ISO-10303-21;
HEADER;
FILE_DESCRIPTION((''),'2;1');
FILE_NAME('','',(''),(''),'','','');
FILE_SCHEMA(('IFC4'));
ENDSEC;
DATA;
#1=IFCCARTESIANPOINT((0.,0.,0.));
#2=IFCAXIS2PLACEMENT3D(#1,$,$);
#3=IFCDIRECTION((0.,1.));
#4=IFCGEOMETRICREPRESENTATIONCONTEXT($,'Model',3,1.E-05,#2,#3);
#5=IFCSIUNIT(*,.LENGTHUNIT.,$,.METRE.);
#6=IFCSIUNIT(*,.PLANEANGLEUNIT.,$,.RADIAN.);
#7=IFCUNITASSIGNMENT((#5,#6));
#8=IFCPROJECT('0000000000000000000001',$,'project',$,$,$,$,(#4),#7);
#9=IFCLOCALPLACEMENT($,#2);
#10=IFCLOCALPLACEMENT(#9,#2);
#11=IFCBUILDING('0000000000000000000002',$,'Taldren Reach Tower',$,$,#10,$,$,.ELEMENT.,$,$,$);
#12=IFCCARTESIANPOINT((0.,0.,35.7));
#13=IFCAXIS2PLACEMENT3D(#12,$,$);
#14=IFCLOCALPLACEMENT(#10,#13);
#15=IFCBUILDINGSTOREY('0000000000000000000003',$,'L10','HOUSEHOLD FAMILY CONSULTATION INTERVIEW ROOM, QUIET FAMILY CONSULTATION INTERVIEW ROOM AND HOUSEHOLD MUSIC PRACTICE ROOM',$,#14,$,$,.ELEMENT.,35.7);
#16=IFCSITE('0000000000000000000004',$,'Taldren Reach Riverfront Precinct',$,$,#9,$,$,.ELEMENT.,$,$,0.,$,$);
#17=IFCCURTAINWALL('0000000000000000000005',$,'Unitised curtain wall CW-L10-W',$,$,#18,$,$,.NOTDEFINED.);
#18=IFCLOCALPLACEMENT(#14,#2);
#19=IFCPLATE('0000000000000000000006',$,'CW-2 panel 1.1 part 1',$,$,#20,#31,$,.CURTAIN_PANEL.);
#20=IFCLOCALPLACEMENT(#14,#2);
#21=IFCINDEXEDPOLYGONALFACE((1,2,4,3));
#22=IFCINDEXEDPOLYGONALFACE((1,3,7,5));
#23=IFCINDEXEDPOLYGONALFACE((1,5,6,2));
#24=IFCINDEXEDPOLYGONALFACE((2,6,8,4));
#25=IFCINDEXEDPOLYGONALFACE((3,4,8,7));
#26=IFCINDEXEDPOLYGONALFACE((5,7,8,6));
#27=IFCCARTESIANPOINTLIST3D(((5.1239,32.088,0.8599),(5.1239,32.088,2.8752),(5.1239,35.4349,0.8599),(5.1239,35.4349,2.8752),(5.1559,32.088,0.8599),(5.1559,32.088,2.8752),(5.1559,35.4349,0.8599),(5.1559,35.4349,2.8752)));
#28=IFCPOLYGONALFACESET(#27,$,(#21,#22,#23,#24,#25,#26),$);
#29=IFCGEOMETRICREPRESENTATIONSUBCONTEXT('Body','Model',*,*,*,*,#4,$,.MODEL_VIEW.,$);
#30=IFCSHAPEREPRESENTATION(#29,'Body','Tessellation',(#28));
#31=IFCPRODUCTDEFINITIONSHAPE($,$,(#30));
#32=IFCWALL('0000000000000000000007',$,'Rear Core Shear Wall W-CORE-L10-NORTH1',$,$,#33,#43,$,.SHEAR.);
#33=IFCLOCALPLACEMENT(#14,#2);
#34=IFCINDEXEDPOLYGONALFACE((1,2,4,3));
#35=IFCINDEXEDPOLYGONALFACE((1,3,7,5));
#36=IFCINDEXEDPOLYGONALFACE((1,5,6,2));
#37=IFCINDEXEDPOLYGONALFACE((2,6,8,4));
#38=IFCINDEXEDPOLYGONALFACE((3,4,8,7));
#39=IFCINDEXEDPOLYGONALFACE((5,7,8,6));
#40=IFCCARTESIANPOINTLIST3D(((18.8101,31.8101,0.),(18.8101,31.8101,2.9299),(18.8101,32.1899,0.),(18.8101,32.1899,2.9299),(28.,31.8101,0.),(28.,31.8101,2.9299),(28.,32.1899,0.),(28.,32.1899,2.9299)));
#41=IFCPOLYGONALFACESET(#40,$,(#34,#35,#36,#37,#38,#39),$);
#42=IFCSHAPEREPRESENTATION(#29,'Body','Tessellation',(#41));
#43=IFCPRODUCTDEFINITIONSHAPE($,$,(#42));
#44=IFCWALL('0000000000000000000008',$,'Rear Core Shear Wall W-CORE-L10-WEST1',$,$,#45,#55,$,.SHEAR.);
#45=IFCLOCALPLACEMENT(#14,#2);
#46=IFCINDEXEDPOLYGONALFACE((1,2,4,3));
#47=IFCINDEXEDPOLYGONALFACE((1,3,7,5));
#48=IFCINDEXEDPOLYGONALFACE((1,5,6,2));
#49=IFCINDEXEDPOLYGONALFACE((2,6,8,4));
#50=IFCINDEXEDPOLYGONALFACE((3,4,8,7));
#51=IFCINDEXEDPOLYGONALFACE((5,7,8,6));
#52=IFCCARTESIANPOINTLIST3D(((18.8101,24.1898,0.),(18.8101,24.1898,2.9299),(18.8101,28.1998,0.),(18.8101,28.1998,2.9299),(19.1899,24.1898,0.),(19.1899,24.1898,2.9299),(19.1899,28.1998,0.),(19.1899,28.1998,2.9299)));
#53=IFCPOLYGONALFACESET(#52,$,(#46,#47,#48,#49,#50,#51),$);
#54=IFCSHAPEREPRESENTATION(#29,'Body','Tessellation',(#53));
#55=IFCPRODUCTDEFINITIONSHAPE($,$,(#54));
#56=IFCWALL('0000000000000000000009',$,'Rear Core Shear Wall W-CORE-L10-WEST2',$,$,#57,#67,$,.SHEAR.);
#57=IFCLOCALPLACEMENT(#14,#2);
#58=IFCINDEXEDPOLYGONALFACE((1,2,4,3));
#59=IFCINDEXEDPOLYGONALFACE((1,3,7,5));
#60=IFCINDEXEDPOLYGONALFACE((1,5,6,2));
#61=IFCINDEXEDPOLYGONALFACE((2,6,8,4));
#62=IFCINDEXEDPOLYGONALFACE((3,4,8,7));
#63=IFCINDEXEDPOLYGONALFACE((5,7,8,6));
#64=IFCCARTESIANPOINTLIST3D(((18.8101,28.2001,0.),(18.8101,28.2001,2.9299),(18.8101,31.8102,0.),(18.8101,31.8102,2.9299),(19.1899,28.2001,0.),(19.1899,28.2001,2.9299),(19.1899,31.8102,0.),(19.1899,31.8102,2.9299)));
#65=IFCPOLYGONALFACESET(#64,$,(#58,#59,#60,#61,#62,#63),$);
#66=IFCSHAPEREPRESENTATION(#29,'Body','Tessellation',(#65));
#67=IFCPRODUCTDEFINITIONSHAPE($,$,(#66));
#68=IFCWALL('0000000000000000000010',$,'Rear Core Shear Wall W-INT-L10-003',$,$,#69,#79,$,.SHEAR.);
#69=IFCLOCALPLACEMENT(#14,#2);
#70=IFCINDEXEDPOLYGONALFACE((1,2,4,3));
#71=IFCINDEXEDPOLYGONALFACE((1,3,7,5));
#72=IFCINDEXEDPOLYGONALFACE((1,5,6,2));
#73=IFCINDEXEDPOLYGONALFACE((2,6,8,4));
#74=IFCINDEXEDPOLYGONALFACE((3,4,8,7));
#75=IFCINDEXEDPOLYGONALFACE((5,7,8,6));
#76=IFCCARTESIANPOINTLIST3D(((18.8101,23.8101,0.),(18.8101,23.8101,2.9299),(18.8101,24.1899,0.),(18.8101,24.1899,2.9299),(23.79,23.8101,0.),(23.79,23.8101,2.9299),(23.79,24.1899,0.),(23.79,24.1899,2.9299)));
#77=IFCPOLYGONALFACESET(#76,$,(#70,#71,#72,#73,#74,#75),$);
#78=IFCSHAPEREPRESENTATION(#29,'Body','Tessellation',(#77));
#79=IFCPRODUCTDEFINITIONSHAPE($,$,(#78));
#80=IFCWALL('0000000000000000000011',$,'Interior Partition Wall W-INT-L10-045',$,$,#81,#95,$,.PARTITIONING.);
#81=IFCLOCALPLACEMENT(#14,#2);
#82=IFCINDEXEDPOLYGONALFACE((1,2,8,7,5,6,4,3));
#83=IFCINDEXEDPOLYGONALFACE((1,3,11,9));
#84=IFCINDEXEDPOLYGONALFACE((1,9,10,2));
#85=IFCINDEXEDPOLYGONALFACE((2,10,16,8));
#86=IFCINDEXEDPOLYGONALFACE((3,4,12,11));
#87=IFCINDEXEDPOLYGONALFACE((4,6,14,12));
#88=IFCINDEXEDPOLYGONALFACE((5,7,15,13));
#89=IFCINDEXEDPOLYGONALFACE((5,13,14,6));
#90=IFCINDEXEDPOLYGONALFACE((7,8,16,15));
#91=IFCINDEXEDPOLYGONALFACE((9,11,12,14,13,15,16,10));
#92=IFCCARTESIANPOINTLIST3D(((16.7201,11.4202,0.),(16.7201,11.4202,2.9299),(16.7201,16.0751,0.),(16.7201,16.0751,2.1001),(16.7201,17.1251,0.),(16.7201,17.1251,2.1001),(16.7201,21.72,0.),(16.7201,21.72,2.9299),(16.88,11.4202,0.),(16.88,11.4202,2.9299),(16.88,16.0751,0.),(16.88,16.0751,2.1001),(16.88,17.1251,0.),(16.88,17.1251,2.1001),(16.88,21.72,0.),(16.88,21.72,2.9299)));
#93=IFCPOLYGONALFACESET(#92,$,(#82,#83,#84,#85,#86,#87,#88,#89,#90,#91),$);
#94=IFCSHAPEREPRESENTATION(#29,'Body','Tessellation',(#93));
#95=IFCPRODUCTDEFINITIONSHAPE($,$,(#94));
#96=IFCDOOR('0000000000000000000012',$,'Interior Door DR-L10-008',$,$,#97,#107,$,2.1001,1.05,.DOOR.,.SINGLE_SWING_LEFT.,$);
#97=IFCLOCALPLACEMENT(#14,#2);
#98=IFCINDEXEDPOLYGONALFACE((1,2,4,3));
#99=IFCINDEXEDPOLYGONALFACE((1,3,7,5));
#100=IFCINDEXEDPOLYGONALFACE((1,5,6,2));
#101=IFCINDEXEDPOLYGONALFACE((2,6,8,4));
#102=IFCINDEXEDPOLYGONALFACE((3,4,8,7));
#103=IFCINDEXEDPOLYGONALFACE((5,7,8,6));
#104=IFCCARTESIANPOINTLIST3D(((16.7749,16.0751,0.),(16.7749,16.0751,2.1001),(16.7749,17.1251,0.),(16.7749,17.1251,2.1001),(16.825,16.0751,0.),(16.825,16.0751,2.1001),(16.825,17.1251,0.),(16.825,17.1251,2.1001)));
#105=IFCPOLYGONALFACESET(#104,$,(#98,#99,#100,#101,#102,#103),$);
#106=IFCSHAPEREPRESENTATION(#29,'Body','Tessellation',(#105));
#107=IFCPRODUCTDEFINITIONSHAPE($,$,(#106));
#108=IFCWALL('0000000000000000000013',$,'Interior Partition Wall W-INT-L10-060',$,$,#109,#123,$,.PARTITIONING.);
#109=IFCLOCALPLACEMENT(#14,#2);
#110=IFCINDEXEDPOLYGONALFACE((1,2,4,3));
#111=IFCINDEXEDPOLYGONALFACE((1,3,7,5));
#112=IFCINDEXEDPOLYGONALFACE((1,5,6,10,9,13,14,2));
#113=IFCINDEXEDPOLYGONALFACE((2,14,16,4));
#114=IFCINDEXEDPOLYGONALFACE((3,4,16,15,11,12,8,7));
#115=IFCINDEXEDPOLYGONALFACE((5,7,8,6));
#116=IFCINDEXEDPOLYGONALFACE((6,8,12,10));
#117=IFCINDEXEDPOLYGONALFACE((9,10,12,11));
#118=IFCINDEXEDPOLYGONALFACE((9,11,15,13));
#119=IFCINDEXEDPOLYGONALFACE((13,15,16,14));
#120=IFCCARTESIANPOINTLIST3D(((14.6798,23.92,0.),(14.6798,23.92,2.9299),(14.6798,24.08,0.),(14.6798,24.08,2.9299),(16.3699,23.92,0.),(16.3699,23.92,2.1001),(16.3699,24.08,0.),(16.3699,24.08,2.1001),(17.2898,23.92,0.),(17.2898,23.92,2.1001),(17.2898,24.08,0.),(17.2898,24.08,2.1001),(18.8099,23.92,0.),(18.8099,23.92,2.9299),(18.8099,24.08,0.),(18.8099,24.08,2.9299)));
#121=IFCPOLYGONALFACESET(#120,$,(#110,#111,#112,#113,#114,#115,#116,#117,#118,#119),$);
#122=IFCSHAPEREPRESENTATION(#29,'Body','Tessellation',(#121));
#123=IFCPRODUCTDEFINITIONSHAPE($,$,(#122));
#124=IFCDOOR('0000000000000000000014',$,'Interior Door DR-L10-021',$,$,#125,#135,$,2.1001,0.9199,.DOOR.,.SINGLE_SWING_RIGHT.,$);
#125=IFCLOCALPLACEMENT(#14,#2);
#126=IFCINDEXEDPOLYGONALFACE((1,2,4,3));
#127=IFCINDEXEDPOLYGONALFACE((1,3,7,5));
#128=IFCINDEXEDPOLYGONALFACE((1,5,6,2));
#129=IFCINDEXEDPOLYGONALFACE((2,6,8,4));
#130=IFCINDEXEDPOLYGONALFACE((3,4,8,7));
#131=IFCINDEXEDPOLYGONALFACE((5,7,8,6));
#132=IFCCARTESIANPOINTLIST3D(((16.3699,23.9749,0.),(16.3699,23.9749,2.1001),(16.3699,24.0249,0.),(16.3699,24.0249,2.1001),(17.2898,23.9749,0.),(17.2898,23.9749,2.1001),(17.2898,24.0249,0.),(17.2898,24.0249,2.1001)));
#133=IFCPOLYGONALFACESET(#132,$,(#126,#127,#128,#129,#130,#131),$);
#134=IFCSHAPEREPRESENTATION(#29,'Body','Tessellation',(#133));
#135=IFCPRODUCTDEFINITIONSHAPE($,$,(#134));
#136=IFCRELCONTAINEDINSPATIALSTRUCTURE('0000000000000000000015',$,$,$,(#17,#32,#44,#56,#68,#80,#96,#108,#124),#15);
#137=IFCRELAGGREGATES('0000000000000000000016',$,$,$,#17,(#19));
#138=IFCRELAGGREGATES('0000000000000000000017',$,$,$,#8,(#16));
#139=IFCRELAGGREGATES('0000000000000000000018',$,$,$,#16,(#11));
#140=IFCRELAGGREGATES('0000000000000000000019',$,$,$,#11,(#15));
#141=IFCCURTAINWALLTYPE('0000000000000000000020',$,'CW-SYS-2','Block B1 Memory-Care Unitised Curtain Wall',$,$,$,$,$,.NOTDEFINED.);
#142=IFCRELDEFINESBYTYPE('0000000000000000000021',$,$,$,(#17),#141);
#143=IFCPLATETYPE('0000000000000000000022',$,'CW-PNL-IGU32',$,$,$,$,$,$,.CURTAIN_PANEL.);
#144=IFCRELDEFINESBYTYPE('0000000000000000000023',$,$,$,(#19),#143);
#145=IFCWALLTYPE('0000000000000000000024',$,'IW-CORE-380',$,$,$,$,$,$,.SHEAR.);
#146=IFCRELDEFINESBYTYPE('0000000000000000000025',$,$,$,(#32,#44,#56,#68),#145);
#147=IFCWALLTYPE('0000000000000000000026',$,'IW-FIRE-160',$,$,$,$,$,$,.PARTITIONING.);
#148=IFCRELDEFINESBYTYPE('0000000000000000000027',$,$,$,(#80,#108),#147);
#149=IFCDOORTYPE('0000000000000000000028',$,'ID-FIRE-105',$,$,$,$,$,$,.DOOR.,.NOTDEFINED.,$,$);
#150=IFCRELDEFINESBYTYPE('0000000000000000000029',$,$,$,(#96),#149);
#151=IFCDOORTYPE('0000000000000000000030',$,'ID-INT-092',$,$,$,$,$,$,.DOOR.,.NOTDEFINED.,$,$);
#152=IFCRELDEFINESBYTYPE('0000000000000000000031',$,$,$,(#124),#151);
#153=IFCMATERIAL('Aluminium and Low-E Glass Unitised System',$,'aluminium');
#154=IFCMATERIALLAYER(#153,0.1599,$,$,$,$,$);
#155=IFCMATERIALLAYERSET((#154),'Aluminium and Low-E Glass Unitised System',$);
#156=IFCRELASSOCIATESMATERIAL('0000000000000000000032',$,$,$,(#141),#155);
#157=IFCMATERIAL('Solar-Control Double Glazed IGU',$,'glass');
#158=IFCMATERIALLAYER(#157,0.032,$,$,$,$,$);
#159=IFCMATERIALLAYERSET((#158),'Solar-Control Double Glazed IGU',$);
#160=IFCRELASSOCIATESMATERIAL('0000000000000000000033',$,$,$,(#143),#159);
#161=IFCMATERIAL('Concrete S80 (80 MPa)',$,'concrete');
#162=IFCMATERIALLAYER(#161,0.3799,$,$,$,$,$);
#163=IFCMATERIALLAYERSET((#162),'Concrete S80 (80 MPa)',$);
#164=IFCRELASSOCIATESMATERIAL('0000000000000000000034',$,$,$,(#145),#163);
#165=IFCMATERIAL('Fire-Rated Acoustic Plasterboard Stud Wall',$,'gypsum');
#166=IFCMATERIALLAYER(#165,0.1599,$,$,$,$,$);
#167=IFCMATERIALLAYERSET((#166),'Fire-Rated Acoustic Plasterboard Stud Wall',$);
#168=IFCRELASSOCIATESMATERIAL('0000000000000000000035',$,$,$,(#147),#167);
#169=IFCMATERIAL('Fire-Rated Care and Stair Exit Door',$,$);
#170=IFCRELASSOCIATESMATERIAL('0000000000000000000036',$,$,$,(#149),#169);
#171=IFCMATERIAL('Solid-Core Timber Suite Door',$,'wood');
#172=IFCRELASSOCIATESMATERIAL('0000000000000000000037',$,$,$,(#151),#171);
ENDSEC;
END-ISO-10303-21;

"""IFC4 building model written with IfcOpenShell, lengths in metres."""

from ifc_helpers import new_model, si_unit, direction, frame, frame_2d, origin, origin_2d, place, context, subcontext, project, spatial, rectangle, extrude, source, transform, mapped, material, layer, layer_set, type_object, element, fill, aggregate, save


model = new_model("IFC4")

# Units and contexts
model_context = context("Model", 3, precision=1e-05, world=origin(), true_north=direction((0.0, 1.0)))
body_context = subcontext(model_context, "Body", "Model", "MODEL_VIEW")
ifc_project = project(units=[si_unit("LENGTHUNIT", "METRE"), si_unit("PLANEANGLEUNIT", "RADIAN")], contexts=[model_context])

# Site, building, storey
site_placement = place(None, origin())
site = spatial("IfcSite", under=ifc_project, at=site_placement, Name="Taldren Reach Riverfront Precinct", CompositionType="ELEMENT", RefElevation=0.0)
building_placement = place(site_placement, origin())
building = spatial("IfcBuilding", under=site, at=building_placement, Name="Taldren Reach Tower", CompositionType="ELEMENT")
storey_placement = place(building_placement, frame((0.0, 0.0, 35.7)))
storey = spatial("IfcBuildingStorey", under=building, at=storey_placement, Name="L10", Description="HOUSEHOLD FAMILY CONSULTATION INTERVIEW ROOM, QUIET FAMILY CONSULTATION INTERVIEW ROOM AND HOUSEHOLD MUSIC PRACTICE ROOM", CompositionType="ELEMENT", Elevation=35.7)

# Curtain wall
ifc_material_1 = material(Name="Aluminium and Low-E Glass Unitised System", Category="aluminium")
ifc_layer_1 = layer(ifc_material_1, 0.1599)
ifc_layer_set_1 = layer_set([ifc_layer_1], Name="Aluminium and Low-E Glass Unitised System")
curtain_wall_type = type_object("IfcCurtainWallType", Name="CW-SYS-2", Description="Block B1 Memory-Care Unitised Curtain Wall", PredefinedType="NOTDEFINED", material=ifc_layer_set_1)
curtain_wall_placement = place(storey_placement, origin())
curtain_wall = element("IfcCurtainWall", 1, at=curtain_wall_placement, inside=storey, type_object=curtain_wall_type, Name="Unitised curtain wall CW-L10-W", PredefinedType="NOTDEFINED")

# Plate
ifc_material_2 = material(Name="Solar-Control Double Glazed IGU", Category="glass")
ifc_layer_2 = layer(ifc_material_2, 0.032)
ifc_layer_set_2 = layer_set([ifc_layer_2], Name="Solar-Control Double Glazed IGU")
plate_type = type_object("IfcPlateType", Name="CW-PNL-IGU32", PredefinedType="CURTAIN_PANEL", material=ifc_layer_set_2)
shared_shape_1 = source(origin(), body_context, "Body", "SweptSolid", [
    extrude(rectangle(XDim=3.3469, YDim=0.032, at=origin_2d()), origin(), (0.0, 0.0, 1.0), 2.0154),
])
plate_placement = place(storey_placement, frame((5.1399, 33.7615, 0.8599), z_axis=(0.0, 0.0, 1.0), x_axis=(0.0, -1.0, 0.0)))
plate = element("IfcPlate", 2, at=plate_placement, type_object=plate_type, Name="CW-2 panel 1.1 part 1", PredefinedType="CURTAIN_PANEL", context=body_context, shape_type="MappedRepresentation", body=[
    mapped(shared_shape_1, transform((0.0, 0.0, 0.0), scale=1.0)),
])
aggregate(curtain_wall, [plate])

# Walls
ifc_material_3 = material(Name="Concrete S80 (80 MPa)", Category="concrete")
ifc_layer_3 = layer(ifc_material_3, 0.3799)
ifc_layer_set_3 = layer_set([ifc_layer_3], Name="Concrete S80 (80 MPa)")
wall_type_1 = type_object("IfcWallType", Name="IW-CORE-380", PredefinedType="SHEAR", material=ifc_layer_set_3)
shared_shape_2 = source(origin(), body_context, "Body", "SweptSolid", [
    extrude(rectangle(XDim=9.1899, YDim=0.3799, at=frame_2d((4.595, 0.0))), origin(), (0.0, 0.0, 1.0), 2.9299),
])
wall_1_placement = place(storey_placement, frame((18.8101, 32.0, 0.0), z_axis=(0.0, 0.0, 1.0), x_axis=(1.0, 0.0, 0.0)))
element("IfcWall", 3, at=wall_1_placement, inside=storey, type_object=wall_type_1, Name="Rear Core Shear Wall W-CORE-L10-NORTH1", PredefinedType="SHEAR", context=body_context, shape_type="MappedRepresentation", body=[
    mapped(shared_shape_2, transform((0.0, 0.0, 0.0), scale=1.0)),
])
shared_shape_3 = source(origin(), body_context, "Body", "SweptSolid", [
    extrude(rectangle(XDim=4.01, YDim=0.3799, at=frame_2d((2.0049, 0.0))), origin(), (0.0, 0.0, 1.0), 2.9299),
])
wall_2_placement = place(storey_placement, frame((19.0, 24.1899, 0.0), z_axis=(0.0, 0.0, 1.0), x_axis=(0.0, 1.0, 0.0)))
element("IfcWall", 4, at=wall_2_placement, inside=storey, type_object=wall_type_1, Name="Rear Core Shear Wall W-CORE-L10-WEST1", PredefinedType="SHEAR", context=body_context, shape_type="MappedRepresentation", body=[
    mapped(shared_shape_3, transform((0.0, 0.0, 0.0), scale=1.0)),
])
shared_shape_4 = source(origin(), body_context, "Body", "SweptSolid", [
    extrude(rectangle(XDim=3.6101, YDim=0.3799, at=frame_2d((1.8052, 0.0))), origin(), (0.0, 0.0, 1.0), 2.9299),
])
wall_3_placement = place(storey_placement, frame((19.0, 28.2, 0.0), z_axis=(0.0, 0.0, 1.0), x_axis=(0.0, 1.0, 0.0)))
element("IfcWall", 5, at=wall_3_placement, inside=storey, type_object=wall_type_1, Name="Rear Core Shear Wall W-CORE-L10-WEST2", PredefinedType="SHEAR", context=body_context, shape_type="MappedRepresentation", body=[
    mapped(shared_shape_4, transform((0.0, 0.0, 0.0), scale=1.0)),
])
shared_shape_5 = source(origin(), body_context, "Body", "SweptSolid", [
    extrude(rectangle(XDim=4.98, YDim=0.3799, at=frame_2d((2.49, 0.0))), origin(), (0.0, 0.0, 1.0), 2.9299),
])
wall_4_placement = place(storey_placement, frame((18.8101, 24.0, 0.0), z_axis=(0.0, 0.0, 1.0), x_axis=(1.0, 0.0, 0.0)))
element("IfcWall", 6, at=wall_4_placement, inside=storey, type_object=wall_type_1, Name="Rear Core Shear Wall W-INT-L10-003", PredefinedType="SHEAR", context=body_context, shape_type="MappedRepresentation", body=[
    mapped(shared_shape_5, transform((0.0, 0.0, 0.0), scale=1.0)),
])

# Walls, openings, doors
ifc_material_4 = material(Name="Fire-Rated Acoustic Plasterboard Stud Wall", Category="gypsum")
ifc_layer_4 = layer(ifc_material_4, 0.1599)
ifc_layer_set_4 = layer_set([ifc_layer_4], Name="Fire-Rated Acoustic Plasterboard Stud Wall")
wall_type_2 = type_object("IfcWallType", Name="IW-FIRE-160", PredefinedType="PARTITIONING", material=ifc_layer_set_4)
shared_shape_6 = source(origin(), body_context, "Body", "SweptSolid", [
    extrude(rectangle(XDim=10.2998, YDim=0.1599, at=frame_2d((5.1499, 0.0))), origin(), (0.0, 0.0, 1.0), 2.9299),
])
wall_5_placement = place(storey_placement, frame((16.8, 21.72, 0.0), z_axis=(0.0, 0.0, 1.0), x_axis=(0.0, -1.0, 0.0)))
wall_5 = element("IfcWall", 7, at=wall_5_placement, inside=storey, type_object=wall_type_2, Name="Interior Partition Wall W-INT-L10-045", PredefinedType="PARTITIONING", context=body_context, shape_type="MappedRepresentation", body=[
    mapped(shared_shape_6, transform((0.0, 0.0, 0.0), scale=1.0)),
])
shared_shape_7 = source(origin(), body_context, "Body", "SweptSolid", [
    extrude(rectangle(XDim=1.05, YDim=2.1001, at=frame_2d((0.5249, 1.05))), frame((0.0, 0.0898, 0.0), z_axis=(0.0, -1.0, 0.0), x_axis=(1.0, 0.0, 0.0)), (0.0, 0.0, 1.0), 0.1799),
])
opening_1_placement = place(wall_5_placement, frame((4.595, 0.0, 0.0)))
opening_1 = element("IfcOpeningElement", 8, at=opening_1_placement, cuts=wall_5, PredefinedType="OPENING", context=body_context, shape_type="MappedRepresentation", body=[
    mapped(shared_shape_7, transform((0.0, 0.0, 0.0), scale=1.0)),
])
ifc_material_5 = material(Name="Fire-Rated Care and Stair Exit Door")
door_type_1 = type_object("IfcDoorType", Name="ID-FIRE-105", OperationType="NOTDEFINED", PredefinedType="DOOR", material=ifc_material_5)
shared_shape_8 = source(origin(), body_context, "Body", "SweptSolid", [
    extrude(rectangle(XDim=1.05, YDim=2.1001, at=frame_2d((0.5249, 1.05))), frame((0.0, 0.0249, 0.0), z_axis=(0.0, -1.0, 0.0), x_axis=(1.0, 0.0, 0.0)), (0.0, 0.0, 1.0), 0.05),
])
door_1_placement = place(opening_1_placement, origin())
door_1 = element("IfcDoor", 9, at=door_1_placement, inside=storey, type_object=door_type_1, Name="Interior Door DR-L10-008", OperationType="SINGLE_SWING_LEFT", OverallHeight=2.1001, OverallWidth=1.05, PredefinedType="DOOR", context=body_context, shape_type="MappedRepresentation", body=[
    mapped(shared_shape_8, transform((0.0, 0.0, 0.0), scale=1.0)),
])
fill(opening_1, door_1)
shared_shape_9 = source(origin(), body_context, "Body", "SweptSolid", [
    extrude(rectangle(XDim=4.1301, YDim=0.1599, at=frame_2d((2.0649, 0.0))), origin(), (0.0, 0.0, 1.0), 2.9299),
])
wall_6_placement = place(storey_placement, frame((14.6799, 24.0, 0.0), z_axis=(0.0, 0.0, 1.0), x_axis=(1.0, 0.0, 0.0)))
wall_6 = element("IfcWall", 10, at=wall_6_placement, inside=storey, type_object=wall_type_2, Name="Interior Partition Wall W-INT-L10-060", PredefinedType="PARTITIONING", context=body_context, shape_type="MappedRepresentation", body=[
    mapped(shared_shape_9, transform((0.0, 0.0, 0.0), scale=1.0)),
])
shared_shape_10 = source(origin(), body_context, "Body", "SweptSolid", [
    extrude(rectangle(XDim=0.9199, YDim=2.1001, at=frame_2d((0.46, 1.05))), frame((0.0, 0.0898, 0.0), z_axis=(0.0, -1.0, 0.0), x_axis=(1.0, 0.0, 0.0)), (0.0, 0.0, 1.0), 0.1799),
])
opening_2_placement = place(wall_6_placement, frame((1.6899, 0.0, 0.0)))
opening_2 = element("IfcOpeningElement", 11, at=opening_2_placement, cuts=wall_6, PredefinedType="OPENING", context=body_context, shape_type="MappedRepresentation", body=[
    mapped(shared_shape_10, transform((0.0, 0.0, 0.0), scale=1.0)),
])
ifc_material_6 = material(Name="Solid-Core Timber Suite Door", Category="wood")
door_type_2 = type_object("IfcDoorType", Name="ID-INT-092", OperationType="NOTDEFINED", PredefinedType="DOOR", material=ifc_material_6)
shared_shape_11 = source(origin(), body_context, "Body", "SweptSolid", [
    extrude(rectangle(XDim=0.9199, YDim=2.1001, at=frame_2d((0.46, 1.05))), frame((0.0, 0.0249, 0.0), z_axis=(0.0, -1.0, 0.0), x_axis=(1.0, 0.0, 0.0)), (0.0, 0.0, 1.0), 0.05),
])
door_2_placement = place(opening_2_placement, origin())
door_2 = element("IfcDoor", 12, at=door_2_placement, inside=storey, type_object=door_type_2, Name="Interior Door DR-L10-021", OperationType="SINGLE_SWING_RIGHT", OverallHeight=2.1001, OverallWidth=0.9199, PredefinedType="DOOR", context=body_context, shape_type="MappedRepresentation", body=[
    mapped(shared_shape_11, transform((0.0, 0.0, 0.0), scale=1.0)),
])
fill(opening_2, door_2)

save(model, "model.ifc")
